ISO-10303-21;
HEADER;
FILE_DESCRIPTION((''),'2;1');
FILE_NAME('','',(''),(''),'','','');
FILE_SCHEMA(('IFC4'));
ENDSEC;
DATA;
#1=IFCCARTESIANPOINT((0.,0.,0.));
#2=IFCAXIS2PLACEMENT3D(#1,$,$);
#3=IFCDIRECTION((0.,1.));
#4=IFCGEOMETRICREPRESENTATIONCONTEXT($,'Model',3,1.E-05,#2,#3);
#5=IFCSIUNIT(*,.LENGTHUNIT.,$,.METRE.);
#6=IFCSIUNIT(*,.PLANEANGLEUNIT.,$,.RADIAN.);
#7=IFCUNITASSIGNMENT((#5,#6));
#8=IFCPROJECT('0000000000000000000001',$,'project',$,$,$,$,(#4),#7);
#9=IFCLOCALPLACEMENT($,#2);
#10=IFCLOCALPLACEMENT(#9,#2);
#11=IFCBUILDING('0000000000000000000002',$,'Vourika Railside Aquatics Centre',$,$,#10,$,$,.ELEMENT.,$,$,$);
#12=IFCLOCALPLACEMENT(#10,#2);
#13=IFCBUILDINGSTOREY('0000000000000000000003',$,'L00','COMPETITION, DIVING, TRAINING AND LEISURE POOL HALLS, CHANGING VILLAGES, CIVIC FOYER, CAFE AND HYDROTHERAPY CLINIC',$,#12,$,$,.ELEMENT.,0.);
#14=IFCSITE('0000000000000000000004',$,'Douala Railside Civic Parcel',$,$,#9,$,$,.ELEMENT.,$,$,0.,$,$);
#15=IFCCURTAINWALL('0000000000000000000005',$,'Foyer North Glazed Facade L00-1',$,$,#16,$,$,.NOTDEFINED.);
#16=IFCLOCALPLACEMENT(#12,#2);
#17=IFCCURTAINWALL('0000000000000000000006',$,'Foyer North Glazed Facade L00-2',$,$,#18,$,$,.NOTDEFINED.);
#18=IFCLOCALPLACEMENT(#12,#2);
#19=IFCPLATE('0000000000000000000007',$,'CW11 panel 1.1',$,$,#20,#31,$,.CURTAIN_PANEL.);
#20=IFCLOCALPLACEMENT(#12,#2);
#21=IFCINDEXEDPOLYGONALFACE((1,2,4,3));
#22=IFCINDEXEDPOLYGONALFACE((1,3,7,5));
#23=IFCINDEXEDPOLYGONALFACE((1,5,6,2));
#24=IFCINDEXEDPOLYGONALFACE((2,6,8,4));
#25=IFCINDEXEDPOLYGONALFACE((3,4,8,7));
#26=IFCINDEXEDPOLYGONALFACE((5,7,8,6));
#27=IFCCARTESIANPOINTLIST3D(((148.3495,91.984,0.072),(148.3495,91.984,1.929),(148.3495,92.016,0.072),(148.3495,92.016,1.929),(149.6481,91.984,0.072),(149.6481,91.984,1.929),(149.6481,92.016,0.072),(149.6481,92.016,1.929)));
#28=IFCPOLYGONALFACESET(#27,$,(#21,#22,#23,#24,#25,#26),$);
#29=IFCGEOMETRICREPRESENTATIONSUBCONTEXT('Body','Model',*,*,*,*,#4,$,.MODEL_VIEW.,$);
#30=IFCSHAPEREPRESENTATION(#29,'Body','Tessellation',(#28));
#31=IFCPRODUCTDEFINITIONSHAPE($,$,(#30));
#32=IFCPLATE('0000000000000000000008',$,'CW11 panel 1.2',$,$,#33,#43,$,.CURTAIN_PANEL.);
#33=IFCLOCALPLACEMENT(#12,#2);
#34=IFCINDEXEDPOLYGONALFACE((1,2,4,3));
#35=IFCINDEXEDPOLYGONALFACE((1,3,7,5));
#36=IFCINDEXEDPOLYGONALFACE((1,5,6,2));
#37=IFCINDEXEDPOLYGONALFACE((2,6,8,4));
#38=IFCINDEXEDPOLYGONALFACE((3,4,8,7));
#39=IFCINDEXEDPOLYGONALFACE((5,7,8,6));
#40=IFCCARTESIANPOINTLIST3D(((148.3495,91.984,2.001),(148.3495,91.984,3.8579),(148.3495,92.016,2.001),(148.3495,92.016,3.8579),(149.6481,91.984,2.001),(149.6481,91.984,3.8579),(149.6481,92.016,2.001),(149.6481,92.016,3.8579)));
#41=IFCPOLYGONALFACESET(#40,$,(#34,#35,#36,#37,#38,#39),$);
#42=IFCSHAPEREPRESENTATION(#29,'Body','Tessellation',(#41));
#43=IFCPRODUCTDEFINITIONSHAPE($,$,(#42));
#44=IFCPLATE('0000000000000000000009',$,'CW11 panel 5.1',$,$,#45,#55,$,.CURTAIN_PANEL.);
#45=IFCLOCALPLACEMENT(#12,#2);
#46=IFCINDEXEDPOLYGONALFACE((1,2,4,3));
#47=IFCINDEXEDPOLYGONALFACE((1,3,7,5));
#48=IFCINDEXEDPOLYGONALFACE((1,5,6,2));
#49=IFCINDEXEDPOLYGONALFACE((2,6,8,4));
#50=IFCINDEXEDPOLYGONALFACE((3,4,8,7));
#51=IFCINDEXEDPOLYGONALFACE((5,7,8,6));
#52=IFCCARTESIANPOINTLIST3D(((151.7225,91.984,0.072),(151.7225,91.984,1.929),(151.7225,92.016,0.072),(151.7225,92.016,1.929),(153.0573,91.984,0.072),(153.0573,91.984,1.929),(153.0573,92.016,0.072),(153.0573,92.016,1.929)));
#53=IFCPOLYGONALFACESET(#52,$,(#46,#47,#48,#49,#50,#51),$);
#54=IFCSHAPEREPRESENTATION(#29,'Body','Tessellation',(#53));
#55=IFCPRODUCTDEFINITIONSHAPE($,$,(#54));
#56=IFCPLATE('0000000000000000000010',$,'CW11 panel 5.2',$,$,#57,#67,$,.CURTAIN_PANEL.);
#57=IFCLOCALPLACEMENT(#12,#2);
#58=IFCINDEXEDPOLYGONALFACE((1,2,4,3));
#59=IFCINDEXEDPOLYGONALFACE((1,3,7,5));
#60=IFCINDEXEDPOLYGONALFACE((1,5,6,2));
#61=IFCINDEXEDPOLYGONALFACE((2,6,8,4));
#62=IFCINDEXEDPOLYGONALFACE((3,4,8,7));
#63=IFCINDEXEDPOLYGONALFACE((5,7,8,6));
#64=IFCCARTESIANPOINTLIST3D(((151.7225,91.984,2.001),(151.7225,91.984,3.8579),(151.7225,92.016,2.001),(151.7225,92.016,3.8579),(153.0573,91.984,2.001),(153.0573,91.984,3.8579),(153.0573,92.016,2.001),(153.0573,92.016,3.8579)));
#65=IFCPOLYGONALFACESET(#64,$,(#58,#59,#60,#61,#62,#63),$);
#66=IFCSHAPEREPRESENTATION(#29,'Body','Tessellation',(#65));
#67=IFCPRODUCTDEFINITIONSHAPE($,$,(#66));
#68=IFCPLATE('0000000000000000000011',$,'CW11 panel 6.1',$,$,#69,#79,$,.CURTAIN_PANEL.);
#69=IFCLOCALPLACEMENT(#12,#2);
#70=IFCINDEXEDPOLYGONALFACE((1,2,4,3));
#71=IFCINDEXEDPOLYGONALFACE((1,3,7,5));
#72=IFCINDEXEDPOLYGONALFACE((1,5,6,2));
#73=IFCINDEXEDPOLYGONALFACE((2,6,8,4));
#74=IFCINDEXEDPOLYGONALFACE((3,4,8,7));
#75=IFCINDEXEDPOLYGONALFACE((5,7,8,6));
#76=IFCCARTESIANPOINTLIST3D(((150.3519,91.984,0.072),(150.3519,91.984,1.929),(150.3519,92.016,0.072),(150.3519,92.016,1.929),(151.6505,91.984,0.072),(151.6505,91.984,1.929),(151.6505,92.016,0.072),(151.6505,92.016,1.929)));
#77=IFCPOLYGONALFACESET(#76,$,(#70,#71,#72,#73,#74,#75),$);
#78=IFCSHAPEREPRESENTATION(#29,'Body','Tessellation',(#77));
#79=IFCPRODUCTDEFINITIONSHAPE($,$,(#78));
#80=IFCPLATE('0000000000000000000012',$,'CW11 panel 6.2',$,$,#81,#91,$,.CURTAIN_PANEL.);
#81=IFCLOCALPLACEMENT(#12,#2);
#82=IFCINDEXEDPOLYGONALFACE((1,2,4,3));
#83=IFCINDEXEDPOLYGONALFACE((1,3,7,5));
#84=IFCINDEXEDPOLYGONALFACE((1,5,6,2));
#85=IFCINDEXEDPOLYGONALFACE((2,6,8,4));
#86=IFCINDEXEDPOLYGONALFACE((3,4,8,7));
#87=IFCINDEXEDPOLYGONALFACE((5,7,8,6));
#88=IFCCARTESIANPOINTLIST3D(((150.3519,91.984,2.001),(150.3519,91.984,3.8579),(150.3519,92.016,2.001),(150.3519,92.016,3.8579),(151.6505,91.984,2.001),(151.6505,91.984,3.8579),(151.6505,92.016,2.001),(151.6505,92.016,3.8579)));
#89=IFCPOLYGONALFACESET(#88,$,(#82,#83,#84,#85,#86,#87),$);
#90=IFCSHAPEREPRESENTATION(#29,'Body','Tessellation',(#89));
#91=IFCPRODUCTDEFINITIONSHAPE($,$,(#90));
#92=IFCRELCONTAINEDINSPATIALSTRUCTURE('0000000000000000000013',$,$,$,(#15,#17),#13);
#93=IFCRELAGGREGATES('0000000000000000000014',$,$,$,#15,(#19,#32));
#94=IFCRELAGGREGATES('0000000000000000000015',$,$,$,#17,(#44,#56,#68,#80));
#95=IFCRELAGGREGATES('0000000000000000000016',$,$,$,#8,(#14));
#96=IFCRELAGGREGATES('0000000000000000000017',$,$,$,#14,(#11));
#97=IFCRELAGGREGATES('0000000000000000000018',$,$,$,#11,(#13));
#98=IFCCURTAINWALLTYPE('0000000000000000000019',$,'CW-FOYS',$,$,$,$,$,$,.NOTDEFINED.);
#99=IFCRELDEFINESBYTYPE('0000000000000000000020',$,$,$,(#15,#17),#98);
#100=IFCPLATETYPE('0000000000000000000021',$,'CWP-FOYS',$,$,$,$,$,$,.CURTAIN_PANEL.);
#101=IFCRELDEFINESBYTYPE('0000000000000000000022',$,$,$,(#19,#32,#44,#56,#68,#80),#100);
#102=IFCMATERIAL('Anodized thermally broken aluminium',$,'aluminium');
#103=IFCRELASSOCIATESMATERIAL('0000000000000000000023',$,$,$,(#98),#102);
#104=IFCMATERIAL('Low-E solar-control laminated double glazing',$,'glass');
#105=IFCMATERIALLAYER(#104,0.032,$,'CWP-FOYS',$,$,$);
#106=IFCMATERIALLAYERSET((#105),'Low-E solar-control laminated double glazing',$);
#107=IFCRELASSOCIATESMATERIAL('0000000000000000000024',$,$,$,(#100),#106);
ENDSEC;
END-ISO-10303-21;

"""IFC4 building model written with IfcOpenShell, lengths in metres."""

from ifc_helpers import new_model, si_unit, direction, frame, origin, origin_2d, place, context, subcontext, project, spatial, rectangle, extrude, material, layer, layer_set, type_object, element, aggregate, save


model = new_model("IFC4")

# Units and contexts
model_context = context("Model", 3, precision=1e-05, world=origin(), true_north=direction((0.0, 1.0)))
body_context = subcontext(model_context, "Body", "Model", "MODEL_VIEW")
ifc_project = project(units=[si_unit("LENGTHUNIT", "METRE"), si_unit("PLANEANGLEUNIT", "RADIAN")], contexts=[model_context])

# Site, building, storey
site_placement = place(None, origin())
site = spatial("IfcSite", under=ifc_project, at=site_placement, Name="Douala Railside Civic Parcel", CompositionType="ELEMENT", RefElevation=0.0)
building_placement = place(site_placement, origin())
building = spatial("IfcBuilding", under=site, at=building_placement, Name="Vourika Railside Aquatics Centre", CompositionType="ELEMENT")
storey_placement = place(building_placement, origin())
storey = spatial("IfcBuildingStorey", under=building, at=storey_placement, Name="L00", Description="COMPETITION, DIVING, TRAINING AND LEISURE POOL HALLS, CHANGING VILLAGES, CIVIC FOYER, CAFE AND HYDROTHERAPY CLINIC", CompositionType="ELEMENT", Elevation=0.0)

# Curtain walls
ifc_material_1 = material(Name="Anodized thermally broken aluminium", Category="aluminium")
curtain_wall_type = type_object("IfcCurtainWallType", Name="CW-FOYS", PredefinedType="NOTDEFINED", material=ifc_material_1)
curtain_wall_1_placement = place(storey_placement, origin())
curtain_wall_1 = element("IfcCurtainWall", 1, at=curtain_wall_1_placement, inside=storey, type_object=curtain_wall_type, Name="Foyer North Glazed Facade L00-1", PredefinedType="NOTDEFINED")
curtain_wall_2_placement = place(storey_placement, origin())
curtain_wall_2 = element("IfcCurtainWall", 2, at=curtain_wall_2_placement, inside=storey, type_object=curtain_wall_type, Name="Foyer North Glazed Facade L00-2", PredefinedType="NOTDEFINED")

# Plates
ifc_material_2 = material(Name="Low-E solar-control laminated double glazing", Category="glass")
ifc_layer = layer(ifc_material_2, 0.032, Name="CWP-FOYS")
ifc_layer_set = layer_set([ifc_layer], Name="Low-E solar-control laminated double glazing")
plate_type = type_object("IfcPlateType", Name="CWP-FOYS", PredefinedType="CURTAIN_PANEL", material=ifc_layer_set)
plate_1_placement = place(storey_placement, frame((148.9988, 92.0, 0.072), z_axis=(0.0, 0.0, 1.0), x_axis=(-1.0, 0.0, 0.0)))
plate_1 = element("IfcPlate", 3, at=plate_1_placement, type_object=plate_type, Name="CW11 panel 1.1", PredefinedType="CURTAIN_PANEL", context=body_context, shape_type="SweptSolid", body=[
    extrude(rectangle(XDim=1.2986, YDim=0.032, at=origin_2d()), origin(), (0.0, 0.0, 1.0), 1.8569),
])
plate_2_placement = place(storey_placement, frame((148.9988, 92.0, 2.001), z_axis=(0.0, 0.0, 1.0), x_axis=(-1.0, 0.0, 0.0)))
plate_2 = element("IfcPlate", 4, at=plate_2_placement, type_object=plate_type, Name="CW11 panel 1.2", PredefinedType="CURTAIN_PANEL", context=body_context, shape_type="SweptSolid", body=[
    extrude(rectangle(XDim=1.2986, YDim=0.032, at=origin_2d()), origin(), (0.0, 0.0, 1.0), 1.8569),
])
aggregate(curtain_wall_1, [plate_1, plate_2])
plate_3_placement = place(storey_placement, frame((152.3899, 92.0, 0.072), z_axis=(0.0, 0.0, 1.0), x_axis=(-1.0, 0.0, 0.0)))
plate_3 = element("IfcPlate", 5, at=plate_3_placement, type_object=plate_type, Name="CW11 panel 5.1", PredefinedType="CURTAIN_PANEL", context=body_context, shape_type="SweptSolid", body=[
    extrude(rectangle(XDim=1.3347, YDim=0.032, at=origin_2d()), origin(), (0.0, 0.0, 1.0), 1.8569),
])
plate_4_placement = place(storey_placement, frame((152.3899, 92.0, 2.001), z_axis=(0.0, 0.0, 1.0), x_axis=(-1.0, 0.0, 0.0)))
plate_4 = element("IfcPlate", 6, at=plate_4_placement, type_object=plate_type, Name="CW11 panel 5.2", PredefinedType="CURTAIN_PANEL", context=body_context, shape_type="SweptSolid", body=[
    extrude(rectangle(XDim=1.3347, YDim=0.032, at=origin_2d()), origin(), (0.0, 0.0, 1.0), 1.8569),
])
plate_5_placement = place(storey_placement, frame((151.0012, 92.0, 0.072), z_axis=(0.0, 0.0, 1.0), x_axis=(-1.0, 0.0, 0.0)))
plate_5 = element("IfcPlate", 7, at=plate_5_placement, type_object=plate_type, Name="CW11 panel 6.1", PredefinedType="CURTAIN_PANEL", context=body_context, shape_type="SweptSolid", body=[
    extrude(rectangle(XDim=1.2986, YDim=0.032, at=origin_2d()), origin(), (0.0, 0.0, 1.0), 1.8569),
])
plate_6_placement = place(storey_placement, frame((151.0012, 92.0, 2.001), z_axis=(0.0, 0.0, 1.0), x_axis=(-1.0, 0.0, 0.0)))
plate_6 = element("IfcPlate", 8, at=plate_6_placement, type_object=plate_type, Name="CW11 panel 6.2", PredefinedType="CURTAIN_PANEL", context=body_context, shape_type="SweptSolid", body=[
    extrude(rectangle(XDim=1.2986, YDim=0.032, at=origin_2d()), origin(), (0.0, 0.0, 1.0), 1.8569),
])
aggregate(curtain_wall_2, [plate_3, plate_4, plate_5, plate_6])

save(model, "model.ifc")
